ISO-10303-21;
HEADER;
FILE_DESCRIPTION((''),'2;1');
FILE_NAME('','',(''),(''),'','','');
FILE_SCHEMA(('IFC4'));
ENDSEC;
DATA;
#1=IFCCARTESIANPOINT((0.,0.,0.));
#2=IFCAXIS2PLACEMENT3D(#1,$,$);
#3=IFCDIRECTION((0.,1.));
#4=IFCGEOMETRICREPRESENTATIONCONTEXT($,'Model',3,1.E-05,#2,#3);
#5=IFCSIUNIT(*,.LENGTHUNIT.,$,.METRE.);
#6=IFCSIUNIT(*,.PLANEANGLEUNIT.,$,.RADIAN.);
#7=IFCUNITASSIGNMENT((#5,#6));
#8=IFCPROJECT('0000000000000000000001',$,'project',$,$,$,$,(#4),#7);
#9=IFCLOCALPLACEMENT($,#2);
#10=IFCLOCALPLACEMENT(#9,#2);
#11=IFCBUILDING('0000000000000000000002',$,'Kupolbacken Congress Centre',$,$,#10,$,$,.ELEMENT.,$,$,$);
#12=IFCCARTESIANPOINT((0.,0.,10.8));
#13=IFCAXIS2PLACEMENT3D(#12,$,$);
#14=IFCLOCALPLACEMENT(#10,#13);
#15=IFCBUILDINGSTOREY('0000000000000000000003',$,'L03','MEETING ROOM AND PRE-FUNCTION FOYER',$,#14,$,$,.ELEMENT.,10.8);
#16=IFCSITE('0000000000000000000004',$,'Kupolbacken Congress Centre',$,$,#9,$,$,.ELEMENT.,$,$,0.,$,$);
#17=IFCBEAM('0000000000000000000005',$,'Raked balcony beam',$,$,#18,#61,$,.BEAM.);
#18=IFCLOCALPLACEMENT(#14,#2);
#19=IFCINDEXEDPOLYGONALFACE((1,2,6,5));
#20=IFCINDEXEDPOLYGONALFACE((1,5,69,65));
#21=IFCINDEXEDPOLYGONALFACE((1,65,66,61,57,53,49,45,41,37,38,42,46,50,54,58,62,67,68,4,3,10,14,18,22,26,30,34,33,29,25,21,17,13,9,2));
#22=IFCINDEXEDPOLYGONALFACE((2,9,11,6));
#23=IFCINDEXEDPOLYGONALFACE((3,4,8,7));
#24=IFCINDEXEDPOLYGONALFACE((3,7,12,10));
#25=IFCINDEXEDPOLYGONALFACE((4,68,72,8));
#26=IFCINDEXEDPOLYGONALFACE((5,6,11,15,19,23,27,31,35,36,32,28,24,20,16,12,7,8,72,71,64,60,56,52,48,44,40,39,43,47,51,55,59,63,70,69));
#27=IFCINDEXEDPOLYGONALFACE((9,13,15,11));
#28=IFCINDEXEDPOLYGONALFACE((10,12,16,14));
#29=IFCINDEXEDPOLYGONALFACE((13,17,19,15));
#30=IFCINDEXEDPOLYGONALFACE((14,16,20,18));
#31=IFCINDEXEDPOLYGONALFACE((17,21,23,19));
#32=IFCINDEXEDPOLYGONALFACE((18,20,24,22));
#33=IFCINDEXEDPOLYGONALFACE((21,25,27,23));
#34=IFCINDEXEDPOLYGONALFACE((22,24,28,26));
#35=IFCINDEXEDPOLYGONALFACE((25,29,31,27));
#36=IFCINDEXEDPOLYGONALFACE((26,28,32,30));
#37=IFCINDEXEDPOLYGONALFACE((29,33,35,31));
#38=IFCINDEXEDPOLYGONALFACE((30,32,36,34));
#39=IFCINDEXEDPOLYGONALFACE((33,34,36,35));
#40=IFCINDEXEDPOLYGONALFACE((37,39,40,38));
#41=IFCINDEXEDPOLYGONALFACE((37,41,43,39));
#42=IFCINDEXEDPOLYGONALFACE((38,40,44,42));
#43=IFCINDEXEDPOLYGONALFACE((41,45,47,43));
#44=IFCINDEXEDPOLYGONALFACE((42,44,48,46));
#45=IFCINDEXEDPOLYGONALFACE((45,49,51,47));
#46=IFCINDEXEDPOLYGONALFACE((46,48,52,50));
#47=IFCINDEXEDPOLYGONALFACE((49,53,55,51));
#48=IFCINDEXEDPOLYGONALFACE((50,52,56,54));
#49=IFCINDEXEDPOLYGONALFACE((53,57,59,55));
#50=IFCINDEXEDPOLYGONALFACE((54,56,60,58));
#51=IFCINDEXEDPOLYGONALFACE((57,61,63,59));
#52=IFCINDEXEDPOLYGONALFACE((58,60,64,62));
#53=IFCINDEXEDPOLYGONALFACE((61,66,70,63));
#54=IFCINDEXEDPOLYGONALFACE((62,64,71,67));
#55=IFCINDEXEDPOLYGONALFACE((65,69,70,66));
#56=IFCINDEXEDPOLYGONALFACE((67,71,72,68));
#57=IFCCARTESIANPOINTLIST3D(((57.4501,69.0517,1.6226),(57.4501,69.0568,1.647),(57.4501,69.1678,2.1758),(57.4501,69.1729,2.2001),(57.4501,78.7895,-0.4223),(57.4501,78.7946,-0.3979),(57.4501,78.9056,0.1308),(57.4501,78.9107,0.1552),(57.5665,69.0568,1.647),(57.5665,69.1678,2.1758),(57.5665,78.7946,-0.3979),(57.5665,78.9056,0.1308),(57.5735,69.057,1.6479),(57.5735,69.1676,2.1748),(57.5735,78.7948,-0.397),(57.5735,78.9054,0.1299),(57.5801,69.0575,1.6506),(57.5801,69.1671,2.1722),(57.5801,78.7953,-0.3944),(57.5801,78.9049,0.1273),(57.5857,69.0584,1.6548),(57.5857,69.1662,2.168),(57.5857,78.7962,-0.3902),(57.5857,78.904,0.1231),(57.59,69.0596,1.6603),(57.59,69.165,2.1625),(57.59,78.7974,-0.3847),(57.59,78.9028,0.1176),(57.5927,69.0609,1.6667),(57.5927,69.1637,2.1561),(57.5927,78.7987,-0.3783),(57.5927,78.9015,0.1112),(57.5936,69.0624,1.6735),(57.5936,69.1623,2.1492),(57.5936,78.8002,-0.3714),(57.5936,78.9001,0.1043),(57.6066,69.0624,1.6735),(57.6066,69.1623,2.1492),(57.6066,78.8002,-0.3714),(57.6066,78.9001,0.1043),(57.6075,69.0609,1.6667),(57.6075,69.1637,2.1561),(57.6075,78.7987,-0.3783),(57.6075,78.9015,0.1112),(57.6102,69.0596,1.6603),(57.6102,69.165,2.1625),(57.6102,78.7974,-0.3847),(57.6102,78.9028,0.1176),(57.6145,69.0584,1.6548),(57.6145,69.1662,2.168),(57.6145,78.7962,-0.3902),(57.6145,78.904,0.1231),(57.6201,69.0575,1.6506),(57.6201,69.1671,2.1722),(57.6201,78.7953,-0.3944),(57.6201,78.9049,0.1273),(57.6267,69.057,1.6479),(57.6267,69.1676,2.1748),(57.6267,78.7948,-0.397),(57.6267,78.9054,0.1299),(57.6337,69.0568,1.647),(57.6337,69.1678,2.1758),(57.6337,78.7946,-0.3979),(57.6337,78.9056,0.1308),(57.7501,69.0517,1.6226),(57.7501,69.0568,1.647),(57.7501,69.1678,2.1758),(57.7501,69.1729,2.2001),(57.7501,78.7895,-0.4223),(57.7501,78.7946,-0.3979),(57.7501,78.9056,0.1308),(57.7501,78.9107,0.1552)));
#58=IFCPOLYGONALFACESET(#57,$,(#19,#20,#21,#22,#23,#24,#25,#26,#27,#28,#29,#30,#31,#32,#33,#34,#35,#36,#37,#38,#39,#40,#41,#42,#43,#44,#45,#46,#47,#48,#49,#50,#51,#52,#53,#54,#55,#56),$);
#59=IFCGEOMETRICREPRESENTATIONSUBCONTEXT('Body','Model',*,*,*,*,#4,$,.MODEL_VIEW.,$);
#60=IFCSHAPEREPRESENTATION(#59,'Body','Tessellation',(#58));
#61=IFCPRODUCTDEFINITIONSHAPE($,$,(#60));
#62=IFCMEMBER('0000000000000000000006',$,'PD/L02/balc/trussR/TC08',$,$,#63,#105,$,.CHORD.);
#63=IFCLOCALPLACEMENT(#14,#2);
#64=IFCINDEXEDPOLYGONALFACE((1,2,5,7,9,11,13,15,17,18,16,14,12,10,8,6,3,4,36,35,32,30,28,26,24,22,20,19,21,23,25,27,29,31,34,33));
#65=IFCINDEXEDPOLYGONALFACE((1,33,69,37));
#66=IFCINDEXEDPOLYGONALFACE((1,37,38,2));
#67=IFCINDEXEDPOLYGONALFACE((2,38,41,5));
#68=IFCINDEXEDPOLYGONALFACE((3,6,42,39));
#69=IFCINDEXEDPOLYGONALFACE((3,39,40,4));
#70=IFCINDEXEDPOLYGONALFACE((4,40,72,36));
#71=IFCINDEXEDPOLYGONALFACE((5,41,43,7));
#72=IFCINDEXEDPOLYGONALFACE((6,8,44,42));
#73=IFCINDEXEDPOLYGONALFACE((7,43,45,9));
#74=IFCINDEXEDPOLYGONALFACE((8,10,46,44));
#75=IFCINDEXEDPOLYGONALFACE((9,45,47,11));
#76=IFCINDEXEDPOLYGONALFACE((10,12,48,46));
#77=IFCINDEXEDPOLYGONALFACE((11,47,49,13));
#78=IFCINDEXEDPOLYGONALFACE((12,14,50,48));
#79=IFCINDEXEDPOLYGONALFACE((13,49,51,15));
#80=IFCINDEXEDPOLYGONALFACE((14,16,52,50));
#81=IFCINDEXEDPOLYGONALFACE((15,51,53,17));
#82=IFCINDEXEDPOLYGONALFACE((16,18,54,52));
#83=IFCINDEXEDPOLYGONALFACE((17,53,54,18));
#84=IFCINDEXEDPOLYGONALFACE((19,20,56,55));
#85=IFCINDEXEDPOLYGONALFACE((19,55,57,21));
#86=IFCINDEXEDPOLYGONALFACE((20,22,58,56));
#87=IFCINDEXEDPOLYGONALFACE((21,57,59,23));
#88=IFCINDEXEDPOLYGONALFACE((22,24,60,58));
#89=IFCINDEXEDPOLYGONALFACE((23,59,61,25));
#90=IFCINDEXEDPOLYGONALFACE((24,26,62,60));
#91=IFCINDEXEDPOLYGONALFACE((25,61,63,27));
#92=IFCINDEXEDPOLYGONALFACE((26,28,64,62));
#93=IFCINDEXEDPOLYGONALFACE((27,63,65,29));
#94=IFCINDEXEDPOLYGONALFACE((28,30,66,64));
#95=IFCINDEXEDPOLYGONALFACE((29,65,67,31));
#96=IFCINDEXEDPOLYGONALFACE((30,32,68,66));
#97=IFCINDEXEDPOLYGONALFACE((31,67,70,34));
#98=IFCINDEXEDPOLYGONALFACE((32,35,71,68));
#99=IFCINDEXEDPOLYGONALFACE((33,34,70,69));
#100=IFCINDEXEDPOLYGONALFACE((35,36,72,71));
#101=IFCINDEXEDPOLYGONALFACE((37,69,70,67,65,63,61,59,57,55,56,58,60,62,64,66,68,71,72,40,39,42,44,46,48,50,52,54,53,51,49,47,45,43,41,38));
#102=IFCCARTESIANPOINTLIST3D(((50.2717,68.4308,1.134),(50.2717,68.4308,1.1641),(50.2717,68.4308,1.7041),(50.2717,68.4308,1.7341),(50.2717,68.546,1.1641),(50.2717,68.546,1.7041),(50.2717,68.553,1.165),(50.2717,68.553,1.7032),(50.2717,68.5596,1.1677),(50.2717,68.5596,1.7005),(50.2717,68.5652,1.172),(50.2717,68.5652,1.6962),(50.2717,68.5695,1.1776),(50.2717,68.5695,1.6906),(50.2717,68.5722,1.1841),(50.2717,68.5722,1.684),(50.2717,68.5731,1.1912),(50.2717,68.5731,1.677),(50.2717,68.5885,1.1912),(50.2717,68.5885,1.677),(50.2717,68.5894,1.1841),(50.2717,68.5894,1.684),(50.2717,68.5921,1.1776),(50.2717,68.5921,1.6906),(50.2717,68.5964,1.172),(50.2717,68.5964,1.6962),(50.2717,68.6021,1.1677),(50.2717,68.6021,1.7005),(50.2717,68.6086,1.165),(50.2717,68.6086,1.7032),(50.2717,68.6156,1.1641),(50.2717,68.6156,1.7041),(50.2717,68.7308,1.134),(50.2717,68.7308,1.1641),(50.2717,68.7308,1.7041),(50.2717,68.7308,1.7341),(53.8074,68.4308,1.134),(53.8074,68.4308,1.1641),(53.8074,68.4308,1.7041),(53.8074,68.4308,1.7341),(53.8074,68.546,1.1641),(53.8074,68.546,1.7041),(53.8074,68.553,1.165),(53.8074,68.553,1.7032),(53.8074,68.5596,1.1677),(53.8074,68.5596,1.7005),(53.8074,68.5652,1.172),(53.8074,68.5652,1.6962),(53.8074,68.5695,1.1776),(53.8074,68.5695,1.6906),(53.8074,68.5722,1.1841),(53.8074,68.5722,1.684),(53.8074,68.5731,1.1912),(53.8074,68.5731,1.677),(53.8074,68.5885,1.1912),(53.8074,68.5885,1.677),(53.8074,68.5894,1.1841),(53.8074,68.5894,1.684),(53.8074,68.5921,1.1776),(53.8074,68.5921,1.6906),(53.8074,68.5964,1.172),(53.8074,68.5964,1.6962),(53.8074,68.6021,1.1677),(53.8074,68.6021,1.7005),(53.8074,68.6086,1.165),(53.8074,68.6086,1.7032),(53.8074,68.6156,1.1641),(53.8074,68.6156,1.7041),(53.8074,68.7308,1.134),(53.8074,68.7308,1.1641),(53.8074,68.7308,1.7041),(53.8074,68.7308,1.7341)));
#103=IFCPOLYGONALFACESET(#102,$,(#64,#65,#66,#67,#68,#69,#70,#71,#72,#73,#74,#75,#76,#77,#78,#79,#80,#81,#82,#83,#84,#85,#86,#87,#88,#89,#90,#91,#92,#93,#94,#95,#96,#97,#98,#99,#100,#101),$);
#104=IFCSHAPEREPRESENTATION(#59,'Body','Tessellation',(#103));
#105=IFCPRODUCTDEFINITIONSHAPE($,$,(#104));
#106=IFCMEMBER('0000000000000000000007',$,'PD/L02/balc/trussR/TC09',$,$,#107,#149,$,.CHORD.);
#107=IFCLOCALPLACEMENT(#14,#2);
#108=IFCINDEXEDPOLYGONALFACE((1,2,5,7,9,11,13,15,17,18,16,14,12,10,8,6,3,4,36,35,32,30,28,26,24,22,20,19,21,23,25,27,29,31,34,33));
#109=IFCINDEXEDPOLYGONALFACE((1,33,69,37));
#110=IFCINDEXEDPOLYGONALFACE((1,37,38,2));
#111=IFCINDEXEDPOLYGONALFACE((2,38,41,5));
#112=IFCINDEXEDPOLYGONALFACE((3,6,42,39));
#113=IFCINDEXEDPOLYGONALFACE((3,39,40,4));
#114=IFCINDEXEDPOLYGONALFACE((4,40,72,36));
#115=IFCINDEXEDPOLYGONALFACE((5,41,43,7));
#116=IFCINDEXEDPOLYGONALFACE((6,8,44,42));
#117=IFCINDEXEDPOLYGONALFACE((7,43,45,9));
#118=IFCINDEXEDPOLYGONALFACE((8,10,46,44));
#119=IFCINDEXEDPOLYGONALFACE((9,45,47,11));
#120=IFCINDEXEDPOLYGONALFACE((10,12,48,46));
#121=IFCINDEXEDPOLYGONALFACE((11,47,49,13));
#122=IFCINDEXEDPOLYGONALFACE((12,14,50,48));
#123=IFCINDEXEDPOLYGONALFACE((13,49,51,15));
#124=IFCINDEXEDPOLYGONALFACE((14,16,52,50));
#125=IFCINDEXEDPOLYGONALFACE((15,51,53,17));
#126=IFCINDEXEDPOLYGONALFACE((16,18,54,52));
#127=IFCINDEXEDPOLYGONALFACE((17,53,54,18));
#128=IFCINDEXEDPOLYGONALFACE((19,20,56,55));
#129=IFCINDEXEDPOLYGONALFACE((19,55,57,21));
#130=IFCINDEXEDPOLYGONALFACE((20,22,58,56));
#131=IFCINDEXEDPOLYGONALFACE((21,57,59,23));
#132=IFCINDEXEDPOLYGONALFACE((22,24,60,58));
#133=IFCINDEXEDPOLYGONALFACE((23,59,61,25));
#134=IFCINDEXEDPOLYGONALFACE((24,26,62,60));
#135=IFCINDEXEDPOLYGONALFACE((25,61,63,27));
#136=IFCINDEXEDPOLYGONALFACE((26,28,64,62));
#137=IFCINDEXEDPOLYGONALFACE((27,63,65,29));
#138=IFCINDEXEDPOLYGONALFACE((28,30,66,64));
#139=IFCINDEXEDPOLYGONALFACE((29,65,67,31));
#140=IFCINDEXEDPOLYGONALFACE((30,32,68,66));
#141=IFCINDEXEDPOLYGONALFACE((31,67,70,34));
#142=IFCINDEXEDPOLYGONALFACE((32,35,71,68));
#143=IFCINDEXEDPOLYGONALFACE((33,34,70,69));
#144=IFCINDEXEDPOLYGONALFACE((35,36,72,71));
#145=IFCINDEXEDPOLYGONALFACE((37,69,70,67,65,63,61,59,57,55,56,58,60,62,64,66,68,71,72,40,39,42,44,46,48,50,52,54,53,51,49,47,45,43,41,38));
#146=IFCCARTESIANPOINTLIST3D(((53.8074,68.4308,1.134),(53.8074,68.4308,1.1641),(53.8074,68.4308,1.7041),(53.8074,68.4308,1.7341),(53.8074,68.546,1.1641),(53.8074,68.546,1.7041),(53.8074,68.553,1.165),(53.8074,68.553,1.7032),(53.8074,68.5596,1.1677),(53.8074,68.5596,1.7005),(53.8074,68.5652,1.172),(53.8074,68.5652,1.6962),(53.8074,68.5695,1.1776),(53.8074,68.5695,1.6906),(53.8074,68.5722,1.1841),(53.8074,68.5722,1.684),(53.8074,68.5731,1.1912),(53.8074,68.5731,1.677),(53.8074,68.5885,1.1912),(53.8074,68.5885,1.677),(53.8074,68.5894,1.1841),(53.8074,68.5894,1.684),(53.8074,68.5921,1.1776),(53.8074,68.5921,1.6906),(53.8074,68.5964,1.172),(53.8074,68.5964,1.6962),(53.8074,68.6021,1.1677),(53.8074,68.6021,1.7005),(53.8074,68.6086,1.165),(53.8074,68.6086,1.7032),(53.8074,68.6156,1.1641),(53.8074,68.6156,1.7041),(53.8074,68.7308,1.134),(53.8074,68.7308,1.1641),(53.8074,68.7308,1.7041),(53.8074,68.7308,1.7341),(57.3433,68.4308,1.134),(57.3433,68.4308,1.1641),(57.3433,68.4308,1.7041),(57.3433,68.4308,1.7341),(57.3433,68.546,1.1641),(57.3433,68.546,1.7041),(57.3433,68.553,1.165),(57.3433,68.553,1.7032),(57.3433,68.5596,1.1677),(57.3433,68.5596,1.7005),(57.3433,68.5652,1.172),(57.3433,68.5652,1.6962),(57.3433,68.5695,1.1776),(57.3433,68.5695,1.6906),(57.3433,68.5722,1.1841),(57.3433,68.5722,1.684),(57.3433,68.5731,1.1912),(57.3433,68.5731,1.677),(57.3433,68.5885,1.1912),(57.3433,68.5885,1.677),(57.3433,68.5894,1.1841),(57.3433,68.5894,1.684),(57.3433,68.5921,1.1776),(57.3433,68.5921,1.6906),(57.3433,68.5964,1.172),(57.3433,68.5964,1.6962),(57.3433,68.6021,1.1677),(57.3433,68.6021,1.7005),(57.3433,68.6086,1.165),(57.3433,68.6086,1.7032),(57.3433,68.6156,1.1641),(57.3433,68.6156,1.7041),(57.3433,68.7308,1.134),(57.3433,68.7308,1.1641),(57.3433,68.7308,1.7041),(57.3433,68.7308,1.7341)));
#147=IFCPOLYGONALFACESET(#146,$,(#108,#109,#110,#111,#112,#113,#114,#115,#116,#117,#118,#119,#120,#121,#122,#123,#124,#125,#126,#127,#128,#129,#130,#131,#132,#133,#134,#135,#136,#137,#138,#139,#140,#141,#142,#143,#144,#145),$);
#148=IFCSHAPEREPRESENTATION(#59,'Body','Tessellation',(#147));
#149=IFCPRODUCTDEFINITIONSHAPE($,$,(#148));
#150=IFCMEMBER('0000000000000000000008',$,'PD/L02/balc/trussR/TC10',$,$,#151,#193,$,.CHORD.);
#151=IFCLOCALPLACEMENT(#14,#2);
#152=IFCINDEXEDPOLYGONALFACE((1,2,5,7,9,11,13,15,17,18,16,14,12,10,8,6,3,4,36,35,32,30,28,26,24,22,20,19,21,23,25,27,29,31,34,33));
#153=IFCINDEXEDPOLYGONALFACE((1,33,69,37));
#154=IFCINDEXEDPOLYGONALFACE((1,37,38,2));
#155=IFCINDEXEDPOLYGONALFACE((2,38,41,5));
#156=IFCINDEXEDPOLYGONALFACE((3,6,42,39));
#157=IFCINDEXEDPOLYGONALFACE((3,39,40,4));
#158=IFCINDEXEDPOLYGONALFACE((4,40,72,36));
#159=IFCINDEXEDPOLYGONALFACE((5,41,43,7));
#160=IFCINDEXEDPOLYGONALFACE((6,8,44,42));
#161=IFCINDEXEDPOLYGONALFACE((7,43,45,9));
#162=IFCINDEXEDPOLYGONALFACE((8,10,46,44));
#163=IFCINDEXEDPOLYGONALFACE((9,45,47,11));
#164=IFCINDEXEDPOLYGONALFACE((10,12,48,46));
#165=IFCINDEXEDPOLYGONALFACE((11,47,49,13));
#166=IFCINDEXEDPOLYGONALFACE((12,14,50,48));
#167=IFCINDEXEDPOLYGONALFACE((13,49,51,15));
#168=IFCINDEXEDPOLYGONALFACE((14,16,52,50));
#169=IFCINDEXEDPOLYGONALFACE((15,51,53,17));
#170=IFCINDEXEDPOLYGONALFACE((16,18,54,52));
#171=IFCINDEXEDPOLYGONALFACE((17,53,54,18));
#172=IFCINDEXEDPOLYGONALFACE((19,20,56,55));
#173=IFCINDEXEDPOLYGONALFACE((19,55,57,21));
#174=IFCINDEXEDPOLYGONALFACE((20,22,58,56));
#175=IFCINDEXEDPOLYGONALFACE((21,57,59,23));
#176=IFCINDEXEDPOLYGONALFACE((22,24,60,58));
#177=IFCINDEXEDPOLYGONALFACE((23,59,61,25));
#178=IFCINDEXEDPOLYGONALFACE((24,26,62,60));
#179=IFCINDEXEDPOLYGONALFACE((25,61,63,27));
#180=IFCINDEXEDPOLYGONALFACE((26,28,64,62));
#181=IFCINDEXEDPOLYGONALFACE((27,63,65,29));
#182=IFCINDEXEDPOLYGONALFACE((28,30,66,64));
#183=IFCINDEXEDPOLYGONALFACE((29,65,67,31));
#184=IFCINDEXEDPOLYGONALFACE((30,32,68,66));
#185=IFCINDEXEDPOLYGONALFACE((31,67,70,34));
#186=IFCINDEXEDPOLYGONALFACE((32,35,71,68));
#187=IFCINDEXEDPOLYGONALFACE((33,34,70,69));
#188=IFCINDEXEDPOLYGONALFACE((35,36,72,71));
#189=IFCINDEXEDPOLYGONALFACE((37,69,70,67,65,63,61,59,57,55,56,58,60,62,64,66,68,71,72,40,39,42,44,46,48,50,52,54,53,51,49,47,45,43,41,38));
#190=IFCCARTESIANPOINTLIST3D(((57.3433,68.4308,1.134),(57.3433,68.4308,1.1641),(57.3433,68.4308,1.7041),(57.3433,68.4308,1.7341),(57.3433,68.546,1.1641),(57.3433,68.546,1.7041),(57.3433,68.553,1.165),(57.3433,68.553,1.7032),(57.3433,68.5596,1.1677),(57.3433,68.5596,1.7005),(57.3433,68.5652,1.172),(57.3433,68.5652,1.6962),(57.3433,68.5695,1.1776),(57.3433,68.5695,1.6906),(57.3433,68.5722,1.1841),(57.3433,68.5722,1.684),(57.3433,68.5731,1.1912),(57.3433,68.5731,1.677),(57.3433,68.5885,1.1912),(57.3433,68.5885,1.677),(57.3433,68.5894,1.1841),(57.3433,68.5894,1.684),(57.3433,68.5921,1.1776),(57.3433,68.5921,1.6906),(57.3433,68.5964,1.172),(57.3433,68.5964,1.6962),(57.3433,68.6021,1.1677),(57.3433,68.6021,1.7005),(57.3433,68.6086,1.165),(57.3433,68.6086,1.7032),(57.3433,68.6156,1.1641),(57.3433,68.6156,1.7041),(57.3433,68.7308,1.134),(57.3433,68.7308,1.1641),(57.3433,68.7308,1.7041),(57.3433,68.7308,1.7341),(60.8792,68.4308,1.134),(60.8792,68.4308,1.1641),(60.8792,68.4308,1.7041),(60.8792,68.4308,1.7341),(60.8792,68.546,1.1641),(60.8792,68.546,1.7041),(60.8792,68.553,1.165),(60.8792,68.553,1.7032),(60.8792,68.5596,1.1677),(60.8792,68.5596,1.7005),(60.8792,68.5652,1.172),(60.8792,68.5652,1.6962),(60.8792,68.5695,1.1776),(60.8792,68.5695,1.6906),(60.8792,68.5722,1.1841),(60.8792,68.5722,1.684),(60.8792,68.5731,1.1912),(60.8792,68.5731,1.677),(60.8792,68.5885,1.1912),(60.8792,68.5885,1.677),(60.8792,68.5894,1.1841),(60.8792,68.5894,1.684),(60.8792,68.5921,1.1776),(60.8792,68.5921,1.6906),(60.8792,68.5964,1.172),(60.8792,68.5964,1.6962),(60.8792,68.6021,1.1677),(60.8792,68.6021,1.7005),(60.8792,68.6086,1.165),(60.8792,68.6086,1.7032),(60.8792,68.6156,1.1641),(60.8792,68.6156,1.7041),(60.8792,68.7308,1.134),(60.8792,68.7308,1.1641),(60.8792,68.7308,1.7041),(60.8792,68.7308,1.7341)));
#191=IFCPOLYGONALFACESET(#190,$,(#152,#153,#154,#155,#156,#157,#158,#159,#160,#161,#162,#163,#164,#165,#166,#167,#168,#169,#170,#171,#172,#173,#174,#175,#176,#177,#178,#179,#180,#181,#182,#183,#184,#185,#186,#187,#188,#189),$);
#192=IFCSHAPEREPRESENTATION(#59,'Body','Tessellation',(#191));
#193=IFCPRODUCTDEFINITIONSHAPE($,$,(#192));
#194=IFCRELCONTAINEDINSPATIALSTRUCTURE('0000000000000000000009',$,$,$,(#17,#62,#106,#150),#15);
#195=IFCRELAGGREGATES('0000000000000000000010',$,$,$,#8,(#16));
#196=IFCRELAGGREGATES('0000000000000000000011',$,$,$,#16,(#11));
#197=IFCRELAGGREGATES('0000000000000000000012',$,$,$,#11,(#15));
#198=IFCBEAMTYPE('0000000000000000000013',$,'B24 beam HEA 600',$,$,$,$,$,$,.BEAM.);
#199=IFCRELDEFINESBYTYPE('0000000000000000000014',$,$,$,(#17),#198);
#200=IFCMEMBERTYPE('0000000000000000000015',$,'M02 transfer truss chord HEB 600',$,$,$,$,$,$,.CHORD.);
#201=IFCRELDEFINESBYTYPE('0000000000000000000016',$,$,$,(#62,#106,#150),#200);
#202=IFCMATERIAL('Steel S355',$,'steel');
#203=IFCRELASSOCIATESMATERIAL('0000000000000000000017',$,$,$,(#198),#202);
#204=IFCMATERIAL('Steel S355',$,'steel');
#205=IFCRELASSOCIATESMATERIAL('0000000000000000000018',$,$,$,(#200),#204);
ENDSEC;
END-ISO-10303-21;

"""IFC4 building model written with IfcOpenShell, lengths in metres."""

from ifc_helpers import new_model, si_unit, direction, frame, origin, origin_2d, place, context, subcontext, project, spatial, i_section, extrude, material, material_profile, profile_set, type_object, element, save


model = new_model("IFC4")

# Units and contexts
model_context = context("Model", 3, precision=1e-05, world=origin(), true_north=direction((0.0, 1.0)))
body_context = subcontext(model_context, "Body", "Model", "MODEL_VIEW")
ifc_project = project(units=[si_unit("LENGTHUNIT", "METRE"), si_unit("PLANEANGLEUNIT", "RADIAN")], contexts=[model_context])

# Site, building, storey
site_placement = place(None, origin())
site = spatial("IfcSite", under=ifc_project, at=site_placement, Name="Kupolbacken Congress Centre", CompositionType="ELEMENT", RefElevation=0.0)
building_placement = place(site_placement, origin())
building = spatial("IfcBuilding", under=site, at=building_placement, Name="Kupolbacken Congress Centre", CompositionType="ELEMENT")
storey_placement = place(building_placement, frame((0.0, 0.0, 10.8)))
storey = spatial("IfcBuildingStorey", under=building, at=storey_placement, Name="L03", Description="MEETING ROOM AND PRE-FUNCTION FOYER", CompositionType="ELEMENT", Elevation=10.8)

# Beam
ifc_material_1 = material(Name="Steel S355", Category="steel")
ifc_material_profile_1 = material_profile(ifc_material_1, i_section(OverallWidth=0.3, OverallDepth=0.5901, WebThickness=0.0129, FlangeThickness=0.0249, FilletRadius=0.0271, at=origin_2d()), Name="HEA 600")
ifc_profile_set_1 = profile_set([ifc_material_profile_1], Name="Steel S355")
beam_type_1 = type_object("IfcBeamType", Name="B24 beam HEA 600", PredefinedType="BEAM", material=ifc_profile_set_1)
beam_1_placement = place(storey_placement, frame((57.6001, 69.1123, 1.9114), z_axis=(0.0, 0.978654, -0.205516), x_axis=(-1.0, 0.0, 0.0)))
element("IfcBeam", 1, at=beam_1_placement, inside=storey, type_object=beam_type_1, Name="Raked balcony beam", PredefinedType="BEAM", context=body_context, shape_type="SweptSolid", body=[
    extrude(i_section(OverallWidth=0.3, OverallDepth=0.5901, WebThickness=0.0129, FlangeThickness=0.0249, FilletRadius=0.0271, at=origin_2d()), origin(), (0.0, 0.0, 1.0), 9.9502),
])

# Members
ifc_material_2 = material(Name="Steel S355", Category="steel")
ifc_material_profile_2 = material_profile(ifc_material_2, i_section(OverallWidth=0.3, OverallDepth=0.6001, WebThickness=0.0154, FlangeThickness=0.03, FilletRadius=0.0271, at=origin_2d()), Name="HEB 600")
ifc_profile_set_2 = profile_set([ifc_material_profile_2], Name="Steel S355")
member_type = type_object("IfcMemberType", Name="M02 transfer truss chord HEB 600", PredefinedType="CHORD", material=ifc_profile_set_2)
member_placement = place(storey_placement, frame((50.2717, 68.5808, 1.4341), z_axis=(1.0, 0.0, 0.0), x_axis=(0.0, 1.0, 0.0)))
element("IfcMember", 2, at=member_placement, inside=storey, type_object=member_type, Name="PD/L02/balc/trussR/TC08", PredefinedType="CHORD", context=body_context, shape_type="SweptSolid", body=[
    extrude(i_section(OverallWidth=0.3, OverallDepth=0.6001, WebThickness=0.0154, FlangeThickness=0.03, FilletRadius=0.0271, at=origin_2d()), origin(), (0.0, 0.0, 1.0), 3.5356),
])
for number, where, z_axis, x_axis, name in (
    (3, (53.8074, 68.5808, 1.4341), (1.0, 0.0, 0.0), (0.0, 1.0, 0.0), "PD/L02/balc/trussR/TC09"),
    (4, (57.3433, 68.5808, 1.4341), (1.0, 0.0, 0.0), (0.0, 1.0, 0.0), "PD/L02/balc/trussR/TC10"),
):
    element("IfcMember", number, at=place(storey_placement, frame(where, z_axis=z_axis, x_axis=x_axis)), inside=storey, type_object=member_type, Name=name, PredefinedType="CHORD", context=body_context, shape_type="SweptSolid", body=[
        extrude(i_section(OverallWidth=0.3, OverallDepth=0.6001, WebThickness=0.0154, FlangeThickness=0.03, FilletRadius=0.0271, at=origin_2d()), origin(), (0.0, 0.0, 1.0), 3.5359),
    ])

save(model, "model.ifc")
